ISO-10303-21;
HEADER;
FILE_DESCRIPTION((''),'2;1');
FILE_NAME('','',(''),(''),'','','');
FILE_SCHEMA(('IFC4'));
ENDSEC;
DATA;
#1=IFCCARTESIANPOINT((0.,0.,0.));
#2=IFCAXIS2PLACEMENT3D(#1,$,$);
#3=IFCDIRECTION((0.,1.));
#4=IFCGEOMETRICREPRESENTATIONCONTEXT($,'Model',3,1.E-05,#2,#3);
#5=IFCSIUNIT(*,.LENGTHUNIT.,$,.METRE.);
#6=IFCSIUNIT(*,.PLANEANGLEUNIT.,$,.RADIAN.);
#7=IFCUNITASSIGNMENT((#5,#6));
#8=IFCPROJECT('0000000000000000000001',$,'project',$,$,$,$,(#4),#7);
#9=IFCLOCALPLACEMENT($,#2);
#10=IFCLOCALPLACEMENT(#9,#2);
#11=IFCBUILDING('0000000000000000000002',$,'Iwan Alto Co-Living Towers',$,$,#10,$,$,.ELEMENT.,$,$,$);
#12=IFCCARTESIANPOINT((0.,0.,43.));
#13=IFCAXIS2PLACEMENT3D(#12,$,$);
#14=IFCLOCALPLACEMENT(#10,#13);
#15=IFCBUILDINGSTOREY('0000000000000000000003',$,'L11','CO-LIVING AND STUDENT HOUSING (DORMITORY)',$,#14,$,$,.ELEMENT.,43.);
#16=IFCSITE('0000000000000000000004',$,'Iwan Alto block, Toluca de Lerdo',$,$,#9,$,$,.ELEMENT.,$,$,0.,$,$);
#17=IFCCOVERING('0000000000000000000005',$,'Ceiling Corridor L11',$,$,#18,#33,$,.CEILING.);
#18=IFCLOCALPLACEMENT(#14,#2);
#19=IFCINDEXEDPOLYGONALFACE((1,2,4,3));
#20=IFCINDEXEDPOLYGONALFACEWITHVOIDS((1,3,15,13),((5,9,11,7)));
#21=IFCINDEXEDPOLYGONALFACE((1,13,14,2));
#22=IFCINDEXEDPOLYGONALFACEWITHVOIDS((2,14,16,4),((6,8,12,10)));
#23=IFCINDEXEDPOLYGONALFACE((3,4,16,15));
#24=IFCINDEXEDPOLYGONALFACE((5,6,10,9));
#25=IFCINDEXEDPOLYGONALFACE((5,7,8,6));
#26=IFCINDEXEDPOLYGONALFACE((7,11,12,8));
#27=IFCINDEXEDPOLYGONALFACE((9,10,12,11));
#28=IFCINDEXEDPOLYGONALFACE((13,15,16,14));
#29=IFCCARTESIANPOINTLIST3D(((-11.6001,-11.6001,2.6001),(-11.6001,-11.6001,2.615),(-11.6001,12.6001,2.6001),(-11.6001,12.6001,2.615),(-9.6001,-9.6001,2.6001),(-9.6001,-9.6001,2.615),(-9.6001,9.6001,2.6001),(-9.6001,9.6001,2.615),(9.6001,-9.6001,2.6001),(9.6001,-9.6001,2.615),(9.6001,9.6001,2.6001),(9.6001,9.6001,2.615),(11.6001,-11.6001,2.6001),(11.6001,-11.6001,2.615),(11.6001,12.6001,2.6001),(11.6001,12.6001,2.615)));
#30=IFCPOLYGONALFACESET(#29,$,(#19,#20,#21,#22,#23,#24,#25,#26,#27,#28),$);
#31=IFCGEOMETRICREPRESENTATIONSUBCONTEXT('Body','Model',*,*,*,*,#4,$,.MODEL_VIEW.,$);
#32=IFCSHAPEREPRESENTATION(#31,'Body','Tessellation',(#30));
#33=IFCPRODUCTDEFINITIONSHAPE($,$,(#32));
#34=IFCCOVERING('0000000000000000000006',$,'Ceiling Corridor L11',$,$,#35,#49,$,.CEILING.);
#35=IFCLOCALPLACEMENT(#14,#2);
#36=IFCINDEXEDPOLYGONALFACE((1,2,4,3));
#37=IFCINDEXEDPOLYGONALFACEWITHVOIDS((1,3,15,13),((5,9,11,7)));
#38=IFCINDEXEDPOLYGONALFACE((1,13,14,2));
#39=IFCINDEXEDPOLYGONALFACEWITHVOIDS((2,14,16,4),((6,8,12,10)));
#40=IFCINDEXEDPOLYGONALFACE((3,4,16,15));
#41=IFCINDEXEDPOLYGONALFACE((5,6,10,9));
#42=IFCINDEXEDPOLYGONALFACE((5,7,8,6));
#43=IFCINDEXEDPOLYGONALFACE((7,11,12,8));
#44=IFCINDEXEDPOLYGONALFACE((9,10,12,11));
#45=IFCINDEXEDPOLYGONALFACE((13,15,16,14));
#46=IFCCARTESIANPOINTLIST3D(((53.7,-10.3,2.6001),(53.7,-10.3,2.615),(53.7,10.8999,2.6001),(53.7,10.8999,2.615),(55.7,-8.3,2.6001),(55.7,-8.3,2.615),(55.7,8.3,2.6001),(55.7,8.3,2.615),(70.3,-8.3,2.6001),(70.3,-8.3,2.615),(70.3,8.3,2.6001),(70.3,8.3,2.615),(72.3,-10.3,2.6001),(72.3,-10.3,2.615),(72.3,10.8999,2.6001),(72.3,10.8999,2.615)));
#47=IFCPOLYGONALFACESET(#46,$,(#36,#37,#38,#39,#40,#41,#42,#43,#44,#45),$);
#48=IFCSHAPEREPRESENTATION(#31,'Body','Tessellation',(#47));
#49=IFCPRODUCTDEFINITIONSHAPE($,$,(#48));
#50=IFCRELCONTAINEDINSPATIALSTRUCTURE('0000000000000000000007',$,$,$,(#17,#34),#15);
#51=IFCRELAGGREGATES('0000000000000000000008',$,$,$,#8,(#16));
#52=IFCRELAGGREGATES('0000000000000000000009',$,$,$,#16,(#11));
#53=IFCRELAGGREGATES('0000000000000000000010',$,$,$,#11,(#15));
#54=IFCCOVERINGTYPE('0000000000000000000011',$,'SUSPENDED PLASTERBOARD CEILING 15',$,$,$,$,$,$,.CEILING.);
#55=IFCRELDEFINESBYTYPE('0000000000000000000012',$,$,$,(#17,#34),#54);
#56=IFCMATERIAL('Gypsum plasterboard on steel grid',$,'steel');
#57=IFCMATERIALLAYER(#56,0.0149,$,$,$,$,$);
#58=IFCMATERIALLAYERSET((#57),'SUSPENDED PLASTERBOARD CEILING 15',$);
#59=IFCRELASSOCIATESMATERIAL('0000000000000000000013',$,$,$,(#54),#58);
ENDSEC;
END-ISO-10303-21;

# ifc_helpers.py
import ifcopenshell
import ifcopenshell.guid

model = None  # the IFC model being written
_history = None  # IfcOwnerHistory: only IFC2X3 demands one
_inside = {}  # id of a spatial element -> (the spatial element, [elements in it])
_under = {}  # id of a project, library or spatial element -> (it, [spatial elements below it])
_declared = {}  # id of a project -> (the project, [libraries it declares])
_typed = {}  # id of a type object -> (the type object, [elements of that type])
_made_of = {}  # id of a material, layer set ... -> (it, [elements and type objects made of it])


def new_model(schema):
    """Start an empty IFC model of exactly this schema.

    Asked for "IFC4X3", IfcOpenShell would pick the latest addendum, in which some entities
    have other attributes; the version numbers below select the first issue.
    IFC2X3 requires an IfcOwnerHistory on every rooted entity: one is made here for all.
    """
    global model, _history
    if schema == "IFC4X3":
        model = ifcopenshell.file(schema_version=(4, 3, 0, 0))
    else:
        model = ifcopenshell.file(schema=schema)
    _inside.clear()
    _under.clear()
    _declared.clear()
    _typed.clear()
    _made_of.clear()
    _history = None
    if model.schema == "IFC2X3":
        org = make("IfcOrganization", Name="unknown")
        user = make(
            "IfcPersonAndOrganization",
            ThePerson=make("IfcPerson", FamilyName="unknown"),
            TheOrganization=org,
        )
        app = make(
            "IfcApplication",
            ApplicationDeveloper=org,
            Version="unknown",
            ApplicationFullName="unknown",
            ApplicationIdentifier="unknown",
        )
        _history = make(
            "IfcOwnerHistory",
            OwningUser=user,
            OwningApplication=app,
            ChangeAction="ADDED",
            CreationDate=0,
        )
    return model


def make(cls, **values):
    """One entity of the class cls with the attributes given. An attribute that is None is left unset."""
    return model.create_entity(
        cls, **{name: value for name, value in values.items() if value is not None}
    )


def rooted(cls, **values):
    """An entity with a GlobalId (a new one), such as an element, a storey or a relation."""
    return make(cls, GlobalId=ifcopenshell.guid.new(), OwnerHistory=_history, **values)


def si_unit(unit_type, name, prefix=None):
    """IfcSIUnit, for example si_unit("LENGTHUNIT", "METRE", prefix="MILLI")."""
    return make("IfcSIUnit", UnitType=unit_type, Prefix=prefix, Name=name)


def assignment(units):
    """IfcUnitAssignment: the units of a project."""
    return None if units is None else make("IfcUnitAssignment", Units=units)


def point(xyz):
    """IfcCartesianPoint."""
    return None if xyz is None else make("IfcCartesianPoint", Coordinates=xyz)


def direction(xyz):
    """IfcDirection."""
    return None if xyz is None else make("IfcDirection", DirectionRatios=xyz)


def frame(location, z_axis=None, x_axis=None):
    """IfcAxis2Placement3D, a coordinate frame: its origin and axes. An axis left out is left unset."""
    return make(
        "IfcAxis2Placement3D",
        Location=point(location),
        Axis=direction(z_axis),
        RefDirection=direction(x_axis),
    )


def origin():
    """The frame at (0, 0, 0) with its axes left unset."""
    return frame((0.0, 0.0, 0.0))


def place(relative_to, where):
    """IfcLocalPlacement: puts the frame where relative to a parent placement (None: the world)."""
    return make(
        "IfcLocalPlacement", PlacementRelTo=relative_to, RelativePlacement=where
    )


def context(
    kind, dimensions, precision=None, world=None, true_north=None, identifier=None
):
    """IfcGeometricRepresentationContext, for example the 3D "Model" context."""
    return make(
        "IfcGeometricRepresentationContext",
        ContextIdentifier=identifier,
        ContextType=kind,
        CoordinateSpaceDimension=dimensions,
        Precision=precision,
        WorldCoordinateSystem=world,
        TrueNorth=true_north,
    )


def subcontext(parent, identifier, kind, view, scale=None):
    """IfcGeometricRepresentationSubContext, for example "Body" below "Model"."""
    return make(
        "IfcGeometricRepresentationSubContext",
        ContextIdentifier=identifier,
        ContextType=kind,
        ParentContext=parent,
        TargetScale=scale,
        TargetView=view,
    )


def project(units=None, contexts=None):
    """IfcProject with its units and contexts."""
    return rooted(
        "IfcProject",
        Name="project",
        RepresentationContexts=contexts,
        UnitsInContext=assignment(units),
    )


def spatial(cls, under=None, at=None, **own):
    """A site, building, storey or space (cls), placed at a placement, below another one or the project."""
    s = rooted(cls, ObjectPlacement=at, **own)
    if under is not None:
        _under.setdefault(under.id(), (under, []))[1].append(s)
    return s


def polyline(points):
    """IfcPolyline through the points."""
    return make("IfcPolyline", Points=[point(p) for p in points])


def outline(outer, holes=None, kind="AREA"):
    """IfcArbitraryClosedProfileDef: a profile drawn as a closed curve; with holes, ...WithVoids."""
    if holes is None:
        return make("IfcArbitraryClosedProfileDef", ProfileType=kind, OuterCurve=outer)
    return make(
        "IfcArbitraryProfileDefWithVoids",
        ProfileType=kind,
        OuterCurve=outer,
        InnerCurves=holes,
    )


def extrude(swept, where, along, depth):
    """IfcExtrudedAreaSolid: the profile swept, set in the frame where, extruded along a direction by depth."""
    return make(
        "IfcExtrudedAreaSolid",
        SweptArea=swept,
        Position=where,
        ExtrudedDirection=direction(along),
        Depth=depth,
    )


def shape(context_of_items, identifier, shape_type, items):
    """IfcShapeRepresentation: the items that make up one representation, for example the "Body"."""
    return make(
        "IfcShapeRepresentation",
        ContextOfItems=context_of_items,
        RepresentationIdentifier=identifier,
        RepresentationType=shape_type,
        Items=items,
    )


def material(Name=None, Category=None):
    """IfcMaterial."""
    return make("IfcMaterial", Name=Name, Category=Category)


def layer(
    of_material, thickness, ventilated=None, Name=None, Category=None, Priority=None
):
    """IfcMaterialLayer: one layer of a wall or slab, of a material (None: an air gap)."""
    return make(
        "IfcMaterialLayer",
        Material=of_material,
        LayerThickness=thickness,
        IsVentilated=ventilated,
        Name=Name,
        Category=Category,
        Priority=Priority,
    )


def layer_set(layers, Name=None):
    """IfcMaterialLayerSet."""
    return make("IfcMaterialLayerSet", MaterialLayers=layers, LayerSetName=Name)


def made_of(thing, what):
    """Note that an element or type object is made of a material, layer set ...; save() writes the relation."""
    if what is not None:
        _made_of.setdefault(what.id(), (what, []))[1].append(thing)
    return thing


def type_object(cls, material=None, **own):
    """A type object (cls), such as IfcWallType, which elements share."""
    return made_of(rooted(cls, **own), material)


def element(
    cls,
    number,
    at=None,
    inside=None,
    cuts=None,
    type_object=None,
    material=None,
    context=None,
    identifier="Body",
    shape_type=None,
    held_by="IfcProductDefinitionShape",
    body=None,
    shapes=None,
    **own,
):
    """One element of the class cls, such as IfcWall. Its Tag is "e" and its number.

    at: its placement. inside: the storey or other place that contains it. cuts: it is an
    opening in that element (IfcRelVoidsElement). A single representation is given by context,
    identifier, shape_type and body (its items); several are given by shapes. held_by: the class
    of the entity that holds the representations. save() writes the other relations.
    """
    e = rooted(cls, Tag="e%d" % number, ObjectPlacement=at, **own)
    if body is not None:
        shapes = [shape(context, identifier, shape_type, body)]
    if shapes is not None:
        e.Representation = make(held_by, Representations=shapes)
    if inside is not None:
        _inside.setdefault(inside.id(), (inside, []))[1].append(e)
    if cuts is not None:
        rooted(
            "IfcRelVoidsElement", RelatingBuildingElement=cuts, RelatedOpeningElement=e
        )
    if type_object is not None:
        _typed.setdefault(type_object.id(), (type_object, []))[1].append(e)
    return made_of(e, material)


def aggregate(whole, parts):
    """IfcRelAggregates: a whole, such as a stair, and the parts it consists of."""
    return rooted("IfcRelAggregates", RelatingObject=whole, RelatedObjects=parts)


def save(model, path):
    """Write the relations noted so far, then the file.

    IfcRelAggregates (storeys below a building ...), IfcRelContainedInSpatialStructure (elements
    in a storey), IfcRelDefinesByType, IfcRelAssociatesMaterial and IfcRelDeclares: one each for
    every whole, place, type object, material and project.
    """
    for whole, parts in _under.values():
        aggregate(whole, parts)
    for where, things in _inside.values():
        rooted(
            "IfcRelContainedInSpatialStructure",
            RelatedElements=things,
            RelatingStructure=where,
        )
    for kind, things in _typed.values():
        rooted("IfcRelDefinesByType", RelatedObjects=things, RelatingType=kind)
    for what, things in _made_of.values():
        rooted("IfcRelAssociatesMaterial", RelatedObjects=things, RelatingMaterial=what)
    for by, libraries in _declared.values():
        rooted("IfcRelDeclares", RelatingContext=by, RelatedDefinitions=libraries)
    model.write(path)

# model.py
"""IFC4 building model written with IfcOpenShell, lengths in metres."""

from ifc_helpers import new_model, si_unit, direction, frame, origin, place, context, subcontext, project, spatial, polyline, outline, extrude, material, layer, layer_set, type_object, element, save


model = new_model("IFC4")

# Units and contexts
model_context = context("Model", 3, precision=1e-05, world=origin(), true_north=direction((0.0, 1.0)))
body_context = subcontext(model_context, "Body", "Model", "MODEL_VIEW")
ifc_project = project(units=[si_unit("LENGTHUNIT", "METRE"), si_unit("PLANEANGLEUNIT", "RADIAN")], contexts=[model_context])

# Site, building, storey
site_placement = place(None, origin())
site = spatial("IfcSite", under=ifc_project, at=site_placement, Name="Iwan Alto block, Toluca de Lerdo", CompositionType="ELEMENT", RefElevation=0.0)
building_placement = place(site_placement, origin())
building = spatial("IfcBuilding", under=site, at=building_placement, Name="Iwan Alto Co-Living Towers", CompositionType="ELEMENT")
storey_placement = place(building_placement, frame((0.0, 0.0, 43.0)))
storey = spatial("IfcBuildingStorey", under=building, at=storey_placement, Name="L11", Description="CO-LIVING AND STUDENT HOUSING (DORMITORY)", CompositionType="ELEMENT", Elevation=43.0)

# Coverings
ifc_material_1 = material(Name="Gypsum plasterboard on steel grid", Category="steel")
ifc_layer_1 = layer(ifc_material_1, 0.0149)
ifc_layer_set_1 = layer_set([ifc_layer_1], Name="SUSPENDED PLASTERBOARD CEILING 15")
covering_type_1 = type_object("IfcCoveringType", Name="SUSPENDED PLASTERBOARD CEILING 15", PredefinedType="CEILING", material=ifc_layer_set_1)
covering_1_placement = place(storey_placement, frame((0.0, 0.0, 2.6001)))
element("IfcCovering", 1, at=covering_1_placement, inside=storey, type_object=covering_type_1, Name="Ceiling Corridor L11", PredefinedType="CEILING", context=body_context, shape_type="SweptSolid", body=[
    extrude(outline(polyline([(-11.6001, 12.6001), (11.6001, 12.6001), (11.6001, -11.6001), (-11.6001, -11.6001), (-11.6001, 12.6001)]), holes=[polyline([(-9.6001, 9.6001), (-9.6001, -9.6001), (9.6001, -9.6001), (9.6001, 9.6001), (-9.6001, 9.6001)])]), origin(), (0.0, 0.0, 1.0), 0.0149),
])
covering_2_placement = place(storey_placement, frame((0.0, 0.0, 2.6001)))
element("IfcCovering", 2, at=covering_2_placement, inside=storey, type_object=covering_type_1, Name="Ceiling Corridor L11", PredefinedType="CEILING", context=body_context, shape_type="SweptSolid", body=[
    extrude(outline(polyline([(53.7, 10.8999), (72.3, 10.8999), (72.3, -10.3), (53.7, -10.3), (53.7, 10.8999)]), holes=[polyline([(55.7, 8.3), (55.7, -8.3), (70.3, -8.3), (70.3, 8.3), (55.7, 8.3)])]), origin(), (0.0, 0.0, 1.0), 0.0149),
])

save(model, "model.ifc")
